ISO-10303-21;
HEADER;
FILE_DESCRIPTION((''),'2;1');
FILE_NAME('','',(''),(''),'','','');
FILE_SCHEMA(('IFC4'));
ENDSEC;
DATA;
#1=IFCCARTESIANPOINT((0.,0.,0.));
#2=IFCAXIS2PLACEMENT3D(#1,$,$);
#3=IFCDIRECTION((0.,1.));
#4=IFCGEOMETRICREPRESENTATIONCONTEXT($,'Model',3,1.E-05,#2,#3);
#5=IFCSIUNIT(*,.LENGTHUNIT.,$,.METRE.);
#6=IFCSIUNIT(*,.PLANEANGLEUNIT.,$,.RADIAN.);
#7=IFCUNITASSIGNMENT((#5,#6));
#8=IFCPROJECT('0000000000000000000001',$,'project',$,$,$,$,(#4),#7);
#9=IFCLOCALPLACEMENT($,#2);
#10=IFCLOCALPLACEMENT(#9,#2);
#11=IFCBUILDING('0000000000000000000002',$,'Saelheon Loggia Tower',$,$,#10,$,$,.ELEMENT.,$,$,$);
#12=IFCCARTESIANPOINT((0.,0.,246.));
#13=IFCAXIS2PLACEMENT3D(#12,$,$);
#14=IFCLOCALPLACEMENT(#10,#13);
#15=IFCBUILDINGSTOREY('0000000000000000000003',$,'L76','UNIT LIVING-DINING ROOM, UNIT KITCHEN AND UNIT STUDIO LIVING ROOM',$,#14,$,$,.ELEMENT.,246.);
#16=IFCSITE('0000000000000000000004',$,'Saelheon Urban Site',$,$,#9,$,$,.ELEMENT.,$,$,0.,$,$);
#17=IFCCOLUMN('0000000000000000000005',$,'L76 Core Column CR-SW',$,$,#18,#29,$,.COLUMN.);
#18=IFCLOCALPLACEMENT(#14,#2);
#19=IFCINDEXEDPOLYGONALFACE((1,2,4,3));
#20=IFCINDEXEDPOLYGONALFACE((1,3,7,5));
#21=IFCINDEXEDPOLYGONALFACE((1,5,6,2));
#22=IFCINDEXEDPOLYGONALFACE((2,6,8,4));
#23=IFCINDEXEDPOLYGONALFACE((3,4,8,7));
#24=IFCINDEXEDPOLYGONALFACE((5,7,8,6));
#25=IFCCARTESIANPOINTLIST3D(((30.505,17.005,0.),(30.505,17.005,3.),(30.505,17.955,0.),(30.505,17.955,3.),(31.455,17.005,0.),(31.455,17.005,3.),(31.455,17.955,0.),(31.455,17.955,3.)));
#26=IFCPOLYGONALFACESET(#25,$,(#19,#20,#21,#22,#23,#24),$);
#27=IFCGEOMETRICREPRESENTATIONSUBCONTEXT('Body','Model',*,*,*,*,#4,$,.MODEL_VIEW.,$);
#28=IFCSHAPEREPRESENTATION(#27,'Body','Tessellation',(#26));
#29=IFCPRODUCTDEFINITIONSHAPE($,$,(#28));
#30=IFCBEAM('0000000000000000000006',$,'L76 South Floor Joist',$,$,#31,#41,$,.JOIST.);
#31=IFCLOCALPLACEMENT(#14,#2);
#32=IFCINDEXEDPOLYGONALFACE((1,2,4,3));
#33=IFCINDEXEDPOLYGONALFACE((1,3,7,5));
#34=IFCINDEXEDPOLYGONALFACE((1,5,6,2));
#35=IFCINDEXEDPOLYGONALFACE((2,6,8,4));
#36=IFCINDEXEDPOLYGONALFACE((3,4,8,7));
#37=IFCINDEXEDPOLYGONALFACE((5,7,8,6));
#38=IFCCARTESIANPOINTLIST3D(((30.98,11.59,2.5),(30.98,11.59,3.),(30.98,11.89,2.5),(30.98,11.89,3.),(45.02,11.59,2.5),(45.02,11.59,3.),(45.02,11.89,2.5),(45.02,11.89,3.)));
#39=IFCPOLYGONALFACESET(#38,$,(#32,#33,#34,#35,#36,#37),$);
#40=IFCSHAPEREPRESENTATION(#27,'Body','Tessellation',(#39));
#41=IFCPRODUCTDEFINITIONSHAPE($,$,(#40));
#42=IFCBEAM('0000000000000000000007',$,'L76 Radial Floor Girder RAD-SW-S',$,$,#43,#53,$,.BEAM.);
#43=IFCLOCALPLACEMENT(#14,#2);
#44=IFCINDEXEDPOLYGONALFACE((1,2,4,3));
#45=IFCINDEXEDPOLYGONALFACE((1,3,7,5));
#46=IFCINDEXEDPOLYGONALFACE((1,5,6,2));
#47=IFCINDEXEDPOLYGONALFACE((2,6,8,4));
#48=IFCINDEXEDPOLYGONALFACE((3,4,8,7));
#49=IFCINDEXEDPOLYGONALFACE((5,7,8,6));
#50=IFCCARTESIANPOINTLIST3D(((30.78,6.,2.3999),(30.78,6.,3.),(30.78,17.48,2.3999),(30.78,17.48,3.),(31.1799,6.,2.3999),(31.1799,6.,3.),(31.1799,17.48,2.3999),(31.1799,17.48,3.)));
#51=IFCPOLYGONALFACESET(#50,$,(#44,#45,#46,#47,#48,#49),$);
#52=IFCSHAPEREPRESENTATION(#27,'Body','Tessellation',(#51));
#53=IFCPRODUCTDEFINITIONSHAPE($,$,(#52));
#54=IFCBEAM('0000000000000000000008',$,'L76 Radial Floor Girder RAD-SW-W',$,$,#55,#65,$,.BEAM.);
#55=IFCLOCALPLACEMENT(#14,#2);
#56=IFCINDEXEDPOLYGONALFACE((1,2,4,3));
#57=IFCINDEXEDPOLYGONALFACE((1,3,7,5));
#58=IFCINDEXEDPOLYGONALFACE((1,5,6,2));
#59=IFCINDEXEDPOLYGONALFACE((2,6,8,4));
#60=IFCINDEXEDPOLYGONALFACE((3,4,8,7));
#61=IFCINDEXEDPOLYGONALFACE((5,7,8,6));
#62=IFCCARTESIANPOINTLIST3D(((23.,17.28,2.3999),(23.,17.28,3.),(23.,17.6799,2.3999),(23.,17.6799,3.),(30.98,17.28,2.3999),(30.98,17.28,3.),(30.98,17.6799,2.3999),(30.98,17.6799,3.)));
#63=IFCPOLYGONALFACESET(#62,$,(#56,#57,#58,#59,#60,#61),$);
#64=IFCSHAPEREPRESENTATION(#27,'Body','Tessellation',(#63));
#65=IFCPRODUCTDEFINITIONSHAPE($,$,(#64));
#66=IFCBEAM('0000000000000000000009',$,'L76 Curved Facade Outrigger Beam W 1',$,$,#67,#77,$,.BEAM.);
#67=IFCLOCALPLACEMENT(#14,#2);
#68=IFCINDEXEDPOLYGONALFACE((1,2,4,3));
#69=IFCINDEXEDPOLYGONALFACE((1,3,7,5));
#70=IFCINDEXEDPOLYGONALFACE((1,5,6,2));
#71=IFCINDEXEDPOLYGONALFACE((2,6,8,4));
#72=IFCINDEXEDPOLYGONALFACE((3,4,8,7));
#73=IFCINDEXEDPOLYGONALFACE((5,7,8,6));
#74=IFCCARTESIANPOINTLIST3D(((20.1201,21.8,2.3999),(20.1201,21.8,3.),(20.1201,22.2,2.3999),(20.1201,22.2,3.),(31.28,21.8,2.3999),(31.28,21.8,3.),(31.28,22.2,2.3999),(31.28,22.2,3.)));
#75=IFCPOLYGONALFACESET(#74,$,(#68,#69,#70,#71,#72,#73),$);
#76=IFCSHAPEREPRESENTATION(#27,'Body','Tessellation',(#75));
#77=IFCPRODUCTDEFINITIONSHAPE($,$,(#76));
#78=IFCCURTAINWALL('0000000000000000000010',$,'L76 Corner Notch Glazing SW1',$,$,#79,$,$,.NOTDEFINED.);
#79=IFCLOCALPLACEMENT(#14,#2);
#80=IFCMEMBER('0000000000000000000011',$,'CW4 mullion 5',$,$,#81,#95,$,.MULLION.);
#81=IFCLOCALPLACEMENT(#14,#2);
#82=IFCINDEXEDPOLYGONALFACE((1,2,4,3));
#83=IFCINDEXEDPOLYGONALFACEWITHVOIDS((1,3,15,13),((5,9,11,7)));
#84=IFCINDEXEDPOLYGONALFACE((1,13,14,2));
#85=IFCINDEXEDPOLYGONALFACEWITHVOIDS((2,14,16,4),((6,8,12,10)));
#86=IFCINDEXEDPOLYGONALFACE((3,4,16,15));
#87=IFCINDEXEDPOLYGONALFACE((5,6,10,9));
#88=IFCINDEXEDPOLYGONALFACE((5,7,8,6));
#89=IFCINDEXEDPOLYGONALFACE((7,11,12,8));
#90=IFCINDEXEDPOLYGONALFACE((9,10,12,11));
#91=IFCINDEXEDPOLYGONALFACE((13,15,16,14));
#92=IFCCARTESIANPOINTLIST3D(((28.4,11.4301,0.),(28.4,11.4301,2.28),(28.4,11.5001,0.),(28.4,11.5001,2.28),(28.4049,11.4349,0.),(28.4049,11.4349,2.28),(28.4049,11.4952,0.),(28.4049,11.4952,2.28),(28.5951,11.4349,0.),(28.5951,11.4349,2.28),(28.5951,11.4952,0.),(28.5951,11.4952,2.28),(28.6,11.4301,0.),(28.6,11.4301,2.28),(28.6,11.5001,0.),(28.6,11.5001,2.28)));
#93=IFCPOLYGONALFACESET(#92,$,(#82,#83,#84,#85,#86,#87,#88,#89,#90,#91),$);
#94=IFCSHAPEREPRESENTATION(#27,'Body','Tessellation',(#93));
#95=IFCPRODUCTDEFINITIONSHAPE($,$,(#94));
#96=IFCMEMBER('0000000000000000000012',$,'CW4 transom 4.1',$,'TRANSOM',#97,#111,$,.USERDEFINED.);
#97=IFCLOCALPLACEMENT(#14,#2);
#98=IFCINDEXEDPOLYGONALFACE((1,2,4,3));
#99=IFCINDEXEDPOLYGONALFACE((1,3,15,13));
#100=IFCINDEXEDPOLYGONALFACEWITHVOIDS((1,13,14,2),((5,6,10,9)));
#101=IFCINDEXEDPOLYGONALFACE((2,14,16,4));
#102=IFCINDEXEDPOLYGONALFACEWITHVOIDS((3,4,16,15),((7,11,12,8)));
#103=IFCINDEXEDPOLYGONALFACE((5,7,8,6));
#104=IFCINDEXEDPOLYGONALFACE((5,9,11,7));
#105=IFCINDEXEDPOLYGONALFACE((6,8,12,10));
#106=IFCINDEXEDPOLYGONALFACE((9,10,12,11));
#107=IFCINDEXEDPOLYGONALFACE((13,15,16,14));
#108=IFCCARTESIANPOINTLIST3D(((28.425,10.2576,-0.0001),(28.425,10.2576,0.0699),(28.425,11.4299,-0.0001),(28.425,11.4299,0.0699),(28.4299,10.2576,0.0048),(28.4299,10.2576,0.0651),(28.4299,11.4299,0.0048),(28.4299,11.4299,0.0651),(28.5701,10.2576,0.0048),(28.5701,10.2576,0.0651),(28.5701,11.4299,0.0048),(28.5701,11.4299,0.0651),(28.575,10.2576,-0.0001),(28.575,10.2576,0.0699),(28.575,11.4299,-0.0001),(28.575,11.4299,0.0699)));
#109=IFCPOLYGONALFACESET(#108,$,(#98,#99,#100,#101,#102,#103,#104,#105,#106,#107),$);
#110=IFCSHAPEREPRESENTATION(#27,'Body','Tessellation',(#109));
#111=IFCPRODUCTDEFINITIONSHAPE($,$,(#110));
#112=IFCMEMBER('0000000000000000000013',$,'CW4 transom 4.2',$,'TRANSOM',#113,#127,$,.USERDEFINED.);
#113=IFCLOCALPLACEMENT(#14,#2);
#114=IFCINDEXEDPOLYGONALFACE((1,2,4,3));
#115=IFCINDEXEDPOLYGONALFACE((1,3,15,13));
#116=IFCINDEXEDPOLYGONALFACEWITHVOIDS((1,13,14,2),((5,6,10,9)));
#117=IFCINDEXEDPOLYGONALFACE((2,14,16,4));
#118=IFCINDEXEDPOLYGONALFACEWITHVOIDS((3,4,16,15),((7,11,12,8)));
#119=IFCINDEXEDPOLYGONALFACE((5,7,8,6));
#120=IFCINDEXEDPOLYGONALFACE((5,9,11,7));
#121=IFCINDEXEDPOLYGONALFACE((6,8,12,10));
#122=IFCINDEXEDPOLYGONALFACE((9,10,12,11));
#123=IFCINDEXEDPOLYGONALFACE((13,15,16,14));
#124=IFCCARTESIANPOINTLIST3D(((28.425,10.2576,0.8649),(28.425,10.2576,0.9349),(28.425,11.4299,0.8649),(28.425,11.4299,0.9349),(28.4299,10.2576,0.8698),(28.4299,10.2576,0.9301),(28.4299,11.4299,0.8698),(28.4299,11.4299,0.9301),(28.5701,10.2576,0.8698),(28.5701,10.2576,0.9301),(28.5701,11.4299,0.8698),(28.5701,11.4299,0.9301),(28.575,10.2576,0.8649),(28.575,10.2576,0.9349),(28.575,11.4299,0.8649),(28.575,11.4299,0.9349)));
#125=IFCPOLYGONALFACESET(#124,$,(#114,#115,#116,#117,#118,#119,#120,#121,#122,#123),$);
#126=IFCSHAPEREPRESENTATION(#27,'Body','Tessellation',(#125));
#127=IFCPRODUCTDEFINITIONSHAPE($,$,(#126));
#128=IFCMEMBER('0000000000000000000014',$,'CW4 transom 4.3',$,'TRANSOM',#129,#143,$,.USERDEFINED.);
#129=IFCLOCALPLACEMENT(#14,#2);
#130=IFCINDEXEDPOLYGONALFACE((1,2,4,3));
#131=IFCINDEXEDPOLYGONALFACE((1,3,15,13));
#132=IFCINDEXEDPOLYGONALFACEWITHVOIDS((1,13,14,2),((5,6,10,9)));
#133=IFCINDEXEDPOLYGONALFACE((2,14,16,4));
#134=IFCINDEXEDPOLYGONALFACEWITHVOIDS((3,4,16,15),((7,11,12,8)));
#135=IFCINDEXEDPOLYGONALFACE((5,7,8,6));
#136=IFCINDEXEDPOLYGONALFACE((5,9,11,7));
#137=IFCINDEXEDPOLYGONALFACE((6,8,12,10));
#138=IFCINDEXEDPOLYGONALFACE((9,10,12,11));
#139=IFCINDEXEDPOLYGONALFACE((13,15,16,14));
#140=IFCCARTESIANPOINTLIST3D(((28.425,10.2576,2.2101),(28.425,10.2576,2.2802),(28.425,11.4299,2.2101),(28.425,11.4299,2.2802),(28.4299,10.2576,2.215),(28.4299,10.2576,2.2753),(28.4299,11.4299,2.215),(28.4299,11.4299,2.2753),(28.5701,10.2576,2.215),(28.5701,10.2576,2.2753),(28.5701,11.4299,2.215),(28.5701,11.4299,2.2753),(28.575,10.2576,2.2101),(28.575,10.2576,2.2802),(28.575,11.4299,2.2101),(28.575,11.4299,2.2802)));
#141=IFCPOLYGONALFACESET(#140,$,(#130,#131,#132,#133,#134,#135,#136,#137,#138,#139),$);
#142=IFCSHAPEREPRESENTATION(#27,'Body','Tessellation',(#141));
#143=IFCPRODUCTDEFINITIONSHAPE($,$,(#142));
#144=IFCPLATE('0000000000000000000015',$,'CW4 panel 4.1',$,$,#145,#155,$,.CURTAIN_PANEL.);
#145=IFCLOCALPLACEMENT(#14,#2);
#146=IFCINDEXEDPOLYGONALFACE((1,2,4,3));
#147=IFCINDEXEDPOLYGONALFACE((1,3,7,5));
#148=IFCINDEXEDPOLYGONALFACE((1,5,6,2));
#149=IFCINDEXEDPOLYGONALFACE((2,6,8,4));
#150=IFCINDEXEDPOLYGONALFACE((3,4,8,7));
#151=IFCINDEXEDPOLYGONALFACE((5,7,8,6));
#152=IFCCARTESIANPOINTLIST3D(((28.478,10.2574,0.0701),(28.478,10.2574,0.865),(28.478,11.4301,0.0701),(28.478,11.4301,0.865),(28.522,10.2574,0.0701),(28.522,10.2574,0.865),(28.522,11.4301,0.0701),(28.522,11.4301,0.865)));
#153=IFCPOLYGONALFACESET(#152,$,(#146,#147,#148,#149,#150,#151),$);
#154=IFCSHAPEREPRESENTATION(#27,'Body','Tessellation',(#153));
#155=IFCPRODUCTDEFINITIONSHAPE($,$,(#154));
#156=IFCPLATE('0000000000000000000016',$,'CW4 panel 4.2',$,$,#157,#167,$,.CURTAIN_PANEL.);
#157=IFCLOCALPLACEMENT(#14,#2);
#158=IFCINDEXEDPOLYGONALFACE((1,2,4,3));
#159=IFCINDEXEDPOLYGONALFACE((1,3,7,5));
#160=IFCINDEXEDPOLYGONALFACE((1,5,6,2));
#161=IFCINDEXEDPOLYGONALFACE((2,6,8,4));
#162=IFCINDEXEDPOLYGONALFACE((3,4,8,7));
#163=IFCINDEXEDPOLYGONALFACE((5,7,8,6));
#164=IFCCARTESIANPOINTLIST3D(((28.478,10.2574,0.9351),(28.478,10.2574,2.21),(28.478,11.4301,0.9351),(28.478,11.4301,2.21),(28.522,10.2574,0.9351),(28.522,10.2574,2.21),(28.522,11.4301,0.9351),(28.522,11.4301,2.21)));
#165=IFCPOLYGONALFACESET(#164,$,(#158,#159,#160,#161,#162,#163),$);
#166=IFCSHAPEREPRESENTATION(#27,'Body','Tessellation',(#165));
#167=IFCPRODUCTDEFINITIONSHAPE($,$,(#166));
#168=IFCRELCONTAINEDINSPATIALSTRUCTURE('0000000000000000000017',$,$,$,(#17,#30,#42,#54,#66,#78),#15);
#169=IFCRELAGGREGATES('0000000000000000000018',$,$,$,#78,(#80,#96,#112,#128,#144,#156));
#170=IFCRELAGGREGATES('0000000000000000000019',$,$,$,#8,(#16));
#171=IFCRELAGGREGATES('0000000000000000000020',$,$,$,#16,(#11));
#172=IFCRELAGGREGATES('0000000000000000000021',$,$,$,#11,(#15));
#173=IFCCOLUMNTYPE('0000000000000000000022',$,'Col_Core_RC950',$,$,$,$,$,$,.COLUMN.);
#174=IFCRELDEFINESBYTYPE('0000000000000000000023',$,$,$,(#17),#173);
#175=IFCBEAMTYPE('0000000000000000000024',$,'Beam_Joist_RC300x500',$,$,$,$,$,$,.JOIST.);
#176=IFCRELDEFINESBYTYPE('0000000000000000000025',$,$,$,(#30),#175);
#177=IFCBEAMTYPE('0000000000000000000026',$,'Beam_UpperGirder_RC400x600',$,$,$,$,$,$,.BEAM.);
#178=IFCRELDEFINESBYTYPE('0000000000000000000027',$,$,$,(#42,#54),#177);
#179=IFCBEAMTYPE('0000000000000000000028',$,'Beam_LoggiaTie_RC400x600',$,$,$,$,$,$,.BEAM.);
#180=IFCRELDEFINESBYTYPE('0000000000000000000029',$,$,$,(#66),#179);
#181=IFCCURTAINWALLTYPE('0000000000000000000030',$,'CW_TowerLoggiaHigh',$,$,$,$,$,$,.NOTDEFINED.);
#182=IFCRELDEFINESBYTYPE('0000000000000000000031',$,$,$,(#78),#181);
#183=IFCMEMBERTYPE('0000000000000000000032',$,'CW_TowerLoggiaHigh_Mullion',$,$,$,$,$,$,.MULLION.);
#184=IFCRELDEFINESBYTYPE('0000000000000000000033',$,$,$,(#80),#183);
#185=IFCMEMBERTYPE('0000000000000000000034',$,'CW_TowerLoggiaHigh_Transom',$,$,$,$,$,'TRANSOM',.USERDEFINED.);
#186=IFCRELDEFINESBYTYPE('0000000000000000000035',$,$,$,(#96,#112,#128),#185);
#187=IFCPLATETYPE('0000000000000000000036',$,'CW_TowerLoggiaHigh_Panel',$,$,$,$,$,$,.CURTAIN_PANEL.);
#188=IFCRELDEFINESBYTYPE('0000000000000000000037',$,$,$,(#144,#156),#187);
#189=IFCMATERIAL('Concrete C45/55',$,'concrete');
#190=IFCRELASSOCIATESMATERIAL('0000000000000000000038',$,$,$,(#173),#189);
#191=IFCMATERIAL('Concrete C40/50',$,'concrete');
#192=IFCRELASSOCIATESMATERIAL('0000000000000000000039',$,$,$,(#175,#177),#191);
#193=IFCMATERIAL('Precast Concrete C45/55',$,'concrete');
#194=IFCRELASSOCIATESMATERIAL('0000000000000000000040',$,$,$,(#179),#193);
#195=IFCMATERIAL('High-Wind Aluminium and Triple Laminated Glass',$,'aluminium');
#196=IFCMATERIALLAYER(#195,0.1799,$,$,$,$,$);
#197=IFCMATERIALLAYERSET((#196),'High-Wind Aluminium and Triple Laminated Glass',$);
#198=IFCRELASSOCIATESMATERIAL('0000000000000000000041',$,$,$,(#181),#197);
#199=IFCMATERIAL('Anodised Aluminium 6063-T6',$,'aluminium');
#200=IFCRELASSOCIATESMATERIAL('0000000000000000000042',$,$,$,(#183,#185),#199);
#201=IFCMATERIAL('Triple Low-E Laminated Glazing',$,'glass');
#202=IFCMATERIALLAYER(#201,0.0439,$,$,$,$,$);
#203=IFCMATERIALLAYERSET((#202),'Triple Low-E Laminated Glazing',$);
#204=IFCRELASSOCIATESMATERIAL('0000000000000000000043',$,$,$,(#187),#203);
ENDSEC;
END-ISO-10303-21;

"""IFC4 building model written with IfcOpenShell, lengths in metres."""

from ifc_helpers import new_model, si_unit, direction, frame, origin, origin_2d, place, context, subcontext, project, spatial, rectangle, hollow_rectangle, extrude, source, transform, mapped, material, layer, layer_set, material_profile, profile_set, type_object, element, aggregate, save


model = new_model("IFC4")

# Units and contexts
model_context = context("Model", 3, precision=1e-05, world=origin(), true_north=direction((0.0, 1.0)))
body_context = subcontext(model_context, "Body", "Model", "MODEL_VIEW")
ifc_project = project(units=[si_unit("LENGTHUNIT", "METRE"), si_unit("PLANEANGLEUNIT", "RADIAN")], contexts=[model_context])

# Site, building, storey
site_placement = place(None, origin())
site = spatial("IfcSite", under=ifc_project, at=site_placement, Name="Saelheon Urban Site", CompositionType="ELEMENT", RefElevation=0.0)
building_placement = place(site_placement, origin())
building = spatial("IfcBuilding", under=site, at=building_placement, Name="Saelheon Loggia Tower", CompositionType="ELEMENT")
storey_placement = place(building_placement, frame((0.0, 0.0, 246.0)))
storey = spatial("IfcBuildingStorey", under=building, at=storey_placement, Name="L76", Description="UNIT LIVING-DINING ROOM, UNIT KITCHEN AND UNIT STUDIO LIVING ROOM", CompositionType="ELEMENT", Elevation=246.0)

# Column
ifc_material_1 = material(Name="Concrete C45/55", Category="concrete")
ifc_material_profile_1 = material_profile(ifc_material_1, rectangle(XDim=0.95, YDim=0.95, at=origin_2d()), Name="RC-950x950")
ifc_profile_set_1 = profile_set([ifc_material_profile_1], Name="Concrete C45/55")
column_type = type_object("IfcColumnType", Name="Col_Core_RC950", PredefinedType="COLUMN", material=ifc_profile_set_1)
shared_shape_1 = source(origin(), body_context, "Body", "SweptSolid", [
    extrude(rectangle(XDim=0.95, YDim=0.95, at=origin_2d()), origin(), (0.0, 0.0, 1.0), 3.0),
])
column_placement = place(storey_placement, frame((30.98, 17.48, 0.0), z_axis=(0.0, 0.0, 1.0), x_axis=(1.0, 0.0, 0.0)))
element("IfcColumn", 1, at=column_placement, inside=storey, type_object=column_type, Name="L76 Core Column CR-SW", PredefinedType="COLUMN", context=body_context, shape_type="MappedRepresentation", body=[
    mapped(shared_shape_1, transform((0.0, 0.0, 0.0), scale=1.0)),
])

# Beams
ifc_material_2 = material(Name="Concrete C40/50", Category="concrete")
ifc_material_profile_2 = material_profile(ifc_material_2, rectangle(XDim=0.3, YDim=0.5, at=origin_2d()), Name="RC-300x500")
ifc_profile_set_2 = profile_set([ifc_material_profile_2], Name="Concrete C40/50")
beam_type_1 = type_object("IfcBeamType", Name="Beam_Joist_RC300x500", PredefinedType="JOIST", material=ifc_profile_set_2)
shared_shape_2 = source(origin(), body_context, "Body", "SweptSolid", [
    extrude(rectangle(XDim=0.3, YDim=0.5, at=origin_2d()), origin(), (0.0, 0.0, 1.0), 14.04),
])
beam_1_placement = place(storey_placement, frame((30.98, 11.74, 2.75), z_axis=(1.0, 0.0, 0.0), x_axis=(0.0, 1.0, 0.0)))
element("IfcBeam", 2, at=beam_1_placement, inside=storey, type_object=beam_type_1, Name="L76 South Floor Joist", PredefinedType="JOIST", context=body_context, shape_type="MappedRepresentation", body=[
    mapped(shared_shape_2, transform((0.0, 0.0, 0.0), scale=1.0)),
])
ifc_material_profile_3 = material_profile(ifc_material_2, rectangle(XDim=0.3999, YDim=0.6001, at=origin_2d()), Name="RC-400x600")
ifc_profile_set_3 = profile_set([ifc_material_profile_3], Name="Concrete C40/50")
beam_type_2 = type_object("IfcBeamType", Name="Beam_UpperGirder_RC400x600", PredefinedType="BEAM", material=ifc_profile_set_3)
shared_shape_3 = source(origin(), body_context, "Body", "SweptSolid", [
    extrude(rectangle(XDim=0.3999, YDim=0.6001, at=origin_2d()), origin(), (0.0, 0.0, 1.0), 11.48),
])
beam_2_placement = place(storey_placement, frame((30.98, 17.48, 2.7), z_axis=(0.0, -1.0, 0.0), x_axis=(1.0, 0.0, 0.0)))
element("IfcBeam", 3, at=beam_2_placement, inside=storey, type_object=beam_type_2, Name="L76 Radial Floor Girder RAD-SW-S", PredefinedType="BEAM", context=body_context, shape_type="MappedRepresentation", body=[
    mapped(shared_shape_3, transform((0.0, 0.0, 0.0), scale=1.0)),
])
shared_shape_4 = source(origin(), body_context, "Body", "SweptSolid", [
    extrude(rectangle(XDim=0.3999, YDim=0.6001, at=origin_2d()), origin(), (0.0, 0.0, 1.0), 7.98),
])
beam_3_placement = place(storey_placement, frame((30.98, 17.48, 2.7), z_axis=(-1.0, 0.0, 0.0), x_axis=(0.0, -1.0, 0.0)))
element("IfcBeam", 4, at=beam_3_placement, inside=storey, type_object=beam_type_2, Name="L76 Radial Floor Girder RAD-SW-W", PredefinedType="BEAM", context=body_context, shape_type="MappedRepresentation", body=[
    mapped(shared_shape_4, transform((0.0, 0.0, 0.0), scale=1.0)),
])
ifc_material_3 = material(Name="Precast Concrete C45/55", Category="concrete")
ifc_material_profile_4 = material_profile(ifc_material_3, rectangle(XDim=0.3999, YDim=0.6001, at=origin_2d()), Name="RC-400x600")
ifc_profile_set_4 = profile_set([ifc_material_profile_4], Name="Precast Concrete C45/55")
beam_type_3 = type_object("IfcBeamType", Name="Beam_LoggiaTie_RC400x600", PredefinedType="BEAM", material=ifc_profile_set_4)
shared_shape_5 = source(origin(), body_context, "Body", "SweptSolid", [
    extrude(rectangle(XDim=0.3999, YDim=0.6001, at=origin_2d()), origin(), (0.0, 0.0, 1.0), 11.1599),
])
beam_4_placement = place(storey_placement, frame((31.28, 22.0, 2.7), z_axis=(-1.0, 0.0, 0.0), x_axis=(0.0, -1.0, 0.0)))
element("IfcBeam", 5, at=beam_4_placement, inside=storey, type_object=beam_type_3, Name="L76 Curved Facade Outrigger Beam W 1", PredefinedType="BEAM", context=body_context, shape_type="MappedRepresentation", body=[
    mapped(shared_shape_5, transform((0.0, 0.0, 0.0), scale=1.0)),
])

# Curtain wall, members, plates
ifc_material_4 = material(Name="High-Wind Aluminium and Triple Laminated Glass", Category="aluminium")
ifc_layer_1 = layer(ifc_material_4, 0.1799)
ifc_layer_set_1 = layer_set([ifc_layer_1], Name="High-Wind Aluminium and Triple Laminated Glass")
curtain_wall_type = type_object("IfcCurtainWallType", Name="CW_TowerLoggiaHigh", PredefinedType="NOTDEFINED", material=ifc_layer_set_1)
curtain_wall_placement = place(storey_placement, origin())
curtain_wall = element("IfcCurtainWall", 6, at=curtain_wall_placement, inside=storey, type_object=curtain_wall_type, Name="L76 Corner Notch Glazing SW1", PredefinedType="NOTDEFINED")
ifc_material_5 = material(Name="Anodised Aluminium 6063-T6", Category="aluminium")
ifc_material_profile_5 = material_profile(ifc_material_5, hollow_rectangle(XDim=0.0701, YDim=0.2, WallThickness=0.0049, at=origin_2d()), Name="RHS-200x70x5")
ifc_profile_set_5 = profile_set([ifc_material_profile_5], Name="Anodised Aluminium 6063-T6")
member_type_1 = type_object("IfcMemberType", Name="CW_TowerLoggiaHigh_Mullion", PredefinedType="MULLION", material=ifc_profile_set_5)
shared_shape_6 = source(origin(), body_context, "Body", "SweptSolid", [
    extrude(hollow_rectangle(XDim=0.0701, YDim=0.2, WallThickness=0.0049, at=origin_2d()), origin(), (0.0, 0.0, 1.0), 2.28),
])
member_1_placement = place(storey_placement, frame((28.5, 11.4651, 0.0), z_axis=(0.0, 0.0, 1.0), x_axis=(0.0, 1.0, 0.0)))
member_1 = element("IfcMember", 7, at=member_1_placement, type_object=member_type_1, Name="CW4 mullion 5", PredefinedType="MULLION", context=body_context, shape_type="MappedRepresentation", body=[
    mapped(shared_shape_6, transform((0.0, 0.0, 0.0), scale=1.0)),
])
ifc_material_profile_6 = material_profile(ifc_material_5, hollow_rectangle(XDim=0.0701, YDim=0.1499, WallThickness=0.0049, at=origin_2d()), Name="RHS-150x70x5")
ifc_profile_set_6 = profile_set([ifc_material_profile_6], Name="Anodised Aluminium 6063-T6")
member_type_2 = type_object("IfcMemberType", Name="CW_TowerLoggiaHigh_Transom", ElementType="TRANSOM", PredefinedType="USERDEFINED", material=ifc_profile_set_6)
shared_shape_7 = source(origin(), body_context, "Body", "SweptSolid", [
    extrude(hollow_rectangle(XDim=0.0701, YDim=0.1499, WallThickness=0.0049, at=origin_2d()), origin(), (0.0, 0.0, 1.0), 1.1724),
])
member_2_placement = place(storey_placement, frame((28.5, 10.2576, 0.0349), z_axis=(0.0, 1.0, 0.0), x_axis=(0.0, 0.0, 1.0)))
member_2 = element("IfcMember", 8, at=member_2_placement, type_object=member_type_2, Name="CW4 transom 4.1", ObjectType="TRANSOM", PredefinedType="USERDEFINED", context=body_context, shape_type="MappedRepresentation", body=[
    mapped(shared_shape_7, transform((0.0, 0.0, 0.0), scale=1.0)),
])
member_3_placement = place(storey_placement, frame((28.5, 10.2576, 0.8999), z_axis=(0.0, 1.0, 0.0), x_axis=(0.0, 0.0, 1.0)))
member_3 = element("IfcMember", 9, at=member_3_placement, type_object=member_type_2, Name="CW4 transom 4.2", ObjectType="TRANSOM", PredefinedType="USERDEFINED", context=body_context, shape_type="MappedRepresentation", body=[
    mapped(shared_shape_7, transform((0.0, 0.0, 0.0), scale=1.0)),
])
member_4_placement = place(storey_placement, frame((28.5, 10.2576, 2.2451), z_axis=(0.0, 1.0, 0.0), x_axis=(0.0, 0.0, 1.0)))
member_4 = element("IfcMember", 10, at=member_4_placement, type_object=member_type_2, Name="CW4 transom 4.3", ObjectType="TRANSOM", PredefinedType="USERDEFINED", context=body_context, shape_type="MappedRepresentation", body=[
    mapped(shared_shape_7, transform((0.0, 0.0, 0.0), scale=1.0)),
])
ifc_material_6 = material(Name="Triple Low-E Laminated Glazing", Category="glass")
ifc_layer_2 = layer(ifc_material_6, 0.0439)
ifc_layer_set_2 = layer_set([ifc_layer_2], Name="Triple Low-E Laminated Glazing")
plate_type = type_object("IfcPlateType", Name="CW_TowerLoggiaHigh_Panel", PredefinedType="CURTAIN_PANEL", material=ifc_layer_set_2)
shared_shape_8 = source(origin(), body_context, "Body", "SweptSolid", [
    extrude(rectangle(XDim=1.1726, YDim=0.0439, at=origin_2d()), origin(), (0.0, 0.0, 1.0), 0.7949),
])
plate_1_placement = place(storey_placement, frame((28.5, 10.8438, 0.0701), z_axis=(0.0, 0.0, 1.0), x_axis=(0.0, 1.0, 0.0)))
plate_1 = element("IfcPlate", 11, at=plate_1_placement, type_object=plate_type, Name="CW4 panel 4.1", PredefinedType="CURTAIN_PANEL", context=body_context, shape_type="MappedRepresentation", body=[
    mapped(shared_shape_8, transform((0.0, 0.0, 0.0), scale=1.0)),
])
shared_shape_9 = source(origin(), body_context, "Body", "SweptSolid", [
    extrude(rectangle(XDim=1.1726, YDim=0.0439, at=origin_2d()), origin(), (0.0, 0.0, 1.0), 1.2749),
])
plate_2_placement = place(storey_placement, frame((28.5, 10.8438, 0.9351), z_axis=(0.0, 0.0, 1.0), x_axis=(0.0, 1.0, 0.0)))
plate_2 = element("IfcPlate", 12, at=plate_2_placement, type_object=plate_type, Name="CW4 panel 4.2", PredefinedType="CURTAIN_PANEL", context=body_context, shape_type="MappedRepresentation", body=[
    mapped(shared_shape_9, transform((0.0, 0.0, 0.0), scale=1.0)),
])
aggregate(curtain_wall, [member_1, member_2, member_3, member_4, plate_1, plate_2])

save(model, "model.ifc")
